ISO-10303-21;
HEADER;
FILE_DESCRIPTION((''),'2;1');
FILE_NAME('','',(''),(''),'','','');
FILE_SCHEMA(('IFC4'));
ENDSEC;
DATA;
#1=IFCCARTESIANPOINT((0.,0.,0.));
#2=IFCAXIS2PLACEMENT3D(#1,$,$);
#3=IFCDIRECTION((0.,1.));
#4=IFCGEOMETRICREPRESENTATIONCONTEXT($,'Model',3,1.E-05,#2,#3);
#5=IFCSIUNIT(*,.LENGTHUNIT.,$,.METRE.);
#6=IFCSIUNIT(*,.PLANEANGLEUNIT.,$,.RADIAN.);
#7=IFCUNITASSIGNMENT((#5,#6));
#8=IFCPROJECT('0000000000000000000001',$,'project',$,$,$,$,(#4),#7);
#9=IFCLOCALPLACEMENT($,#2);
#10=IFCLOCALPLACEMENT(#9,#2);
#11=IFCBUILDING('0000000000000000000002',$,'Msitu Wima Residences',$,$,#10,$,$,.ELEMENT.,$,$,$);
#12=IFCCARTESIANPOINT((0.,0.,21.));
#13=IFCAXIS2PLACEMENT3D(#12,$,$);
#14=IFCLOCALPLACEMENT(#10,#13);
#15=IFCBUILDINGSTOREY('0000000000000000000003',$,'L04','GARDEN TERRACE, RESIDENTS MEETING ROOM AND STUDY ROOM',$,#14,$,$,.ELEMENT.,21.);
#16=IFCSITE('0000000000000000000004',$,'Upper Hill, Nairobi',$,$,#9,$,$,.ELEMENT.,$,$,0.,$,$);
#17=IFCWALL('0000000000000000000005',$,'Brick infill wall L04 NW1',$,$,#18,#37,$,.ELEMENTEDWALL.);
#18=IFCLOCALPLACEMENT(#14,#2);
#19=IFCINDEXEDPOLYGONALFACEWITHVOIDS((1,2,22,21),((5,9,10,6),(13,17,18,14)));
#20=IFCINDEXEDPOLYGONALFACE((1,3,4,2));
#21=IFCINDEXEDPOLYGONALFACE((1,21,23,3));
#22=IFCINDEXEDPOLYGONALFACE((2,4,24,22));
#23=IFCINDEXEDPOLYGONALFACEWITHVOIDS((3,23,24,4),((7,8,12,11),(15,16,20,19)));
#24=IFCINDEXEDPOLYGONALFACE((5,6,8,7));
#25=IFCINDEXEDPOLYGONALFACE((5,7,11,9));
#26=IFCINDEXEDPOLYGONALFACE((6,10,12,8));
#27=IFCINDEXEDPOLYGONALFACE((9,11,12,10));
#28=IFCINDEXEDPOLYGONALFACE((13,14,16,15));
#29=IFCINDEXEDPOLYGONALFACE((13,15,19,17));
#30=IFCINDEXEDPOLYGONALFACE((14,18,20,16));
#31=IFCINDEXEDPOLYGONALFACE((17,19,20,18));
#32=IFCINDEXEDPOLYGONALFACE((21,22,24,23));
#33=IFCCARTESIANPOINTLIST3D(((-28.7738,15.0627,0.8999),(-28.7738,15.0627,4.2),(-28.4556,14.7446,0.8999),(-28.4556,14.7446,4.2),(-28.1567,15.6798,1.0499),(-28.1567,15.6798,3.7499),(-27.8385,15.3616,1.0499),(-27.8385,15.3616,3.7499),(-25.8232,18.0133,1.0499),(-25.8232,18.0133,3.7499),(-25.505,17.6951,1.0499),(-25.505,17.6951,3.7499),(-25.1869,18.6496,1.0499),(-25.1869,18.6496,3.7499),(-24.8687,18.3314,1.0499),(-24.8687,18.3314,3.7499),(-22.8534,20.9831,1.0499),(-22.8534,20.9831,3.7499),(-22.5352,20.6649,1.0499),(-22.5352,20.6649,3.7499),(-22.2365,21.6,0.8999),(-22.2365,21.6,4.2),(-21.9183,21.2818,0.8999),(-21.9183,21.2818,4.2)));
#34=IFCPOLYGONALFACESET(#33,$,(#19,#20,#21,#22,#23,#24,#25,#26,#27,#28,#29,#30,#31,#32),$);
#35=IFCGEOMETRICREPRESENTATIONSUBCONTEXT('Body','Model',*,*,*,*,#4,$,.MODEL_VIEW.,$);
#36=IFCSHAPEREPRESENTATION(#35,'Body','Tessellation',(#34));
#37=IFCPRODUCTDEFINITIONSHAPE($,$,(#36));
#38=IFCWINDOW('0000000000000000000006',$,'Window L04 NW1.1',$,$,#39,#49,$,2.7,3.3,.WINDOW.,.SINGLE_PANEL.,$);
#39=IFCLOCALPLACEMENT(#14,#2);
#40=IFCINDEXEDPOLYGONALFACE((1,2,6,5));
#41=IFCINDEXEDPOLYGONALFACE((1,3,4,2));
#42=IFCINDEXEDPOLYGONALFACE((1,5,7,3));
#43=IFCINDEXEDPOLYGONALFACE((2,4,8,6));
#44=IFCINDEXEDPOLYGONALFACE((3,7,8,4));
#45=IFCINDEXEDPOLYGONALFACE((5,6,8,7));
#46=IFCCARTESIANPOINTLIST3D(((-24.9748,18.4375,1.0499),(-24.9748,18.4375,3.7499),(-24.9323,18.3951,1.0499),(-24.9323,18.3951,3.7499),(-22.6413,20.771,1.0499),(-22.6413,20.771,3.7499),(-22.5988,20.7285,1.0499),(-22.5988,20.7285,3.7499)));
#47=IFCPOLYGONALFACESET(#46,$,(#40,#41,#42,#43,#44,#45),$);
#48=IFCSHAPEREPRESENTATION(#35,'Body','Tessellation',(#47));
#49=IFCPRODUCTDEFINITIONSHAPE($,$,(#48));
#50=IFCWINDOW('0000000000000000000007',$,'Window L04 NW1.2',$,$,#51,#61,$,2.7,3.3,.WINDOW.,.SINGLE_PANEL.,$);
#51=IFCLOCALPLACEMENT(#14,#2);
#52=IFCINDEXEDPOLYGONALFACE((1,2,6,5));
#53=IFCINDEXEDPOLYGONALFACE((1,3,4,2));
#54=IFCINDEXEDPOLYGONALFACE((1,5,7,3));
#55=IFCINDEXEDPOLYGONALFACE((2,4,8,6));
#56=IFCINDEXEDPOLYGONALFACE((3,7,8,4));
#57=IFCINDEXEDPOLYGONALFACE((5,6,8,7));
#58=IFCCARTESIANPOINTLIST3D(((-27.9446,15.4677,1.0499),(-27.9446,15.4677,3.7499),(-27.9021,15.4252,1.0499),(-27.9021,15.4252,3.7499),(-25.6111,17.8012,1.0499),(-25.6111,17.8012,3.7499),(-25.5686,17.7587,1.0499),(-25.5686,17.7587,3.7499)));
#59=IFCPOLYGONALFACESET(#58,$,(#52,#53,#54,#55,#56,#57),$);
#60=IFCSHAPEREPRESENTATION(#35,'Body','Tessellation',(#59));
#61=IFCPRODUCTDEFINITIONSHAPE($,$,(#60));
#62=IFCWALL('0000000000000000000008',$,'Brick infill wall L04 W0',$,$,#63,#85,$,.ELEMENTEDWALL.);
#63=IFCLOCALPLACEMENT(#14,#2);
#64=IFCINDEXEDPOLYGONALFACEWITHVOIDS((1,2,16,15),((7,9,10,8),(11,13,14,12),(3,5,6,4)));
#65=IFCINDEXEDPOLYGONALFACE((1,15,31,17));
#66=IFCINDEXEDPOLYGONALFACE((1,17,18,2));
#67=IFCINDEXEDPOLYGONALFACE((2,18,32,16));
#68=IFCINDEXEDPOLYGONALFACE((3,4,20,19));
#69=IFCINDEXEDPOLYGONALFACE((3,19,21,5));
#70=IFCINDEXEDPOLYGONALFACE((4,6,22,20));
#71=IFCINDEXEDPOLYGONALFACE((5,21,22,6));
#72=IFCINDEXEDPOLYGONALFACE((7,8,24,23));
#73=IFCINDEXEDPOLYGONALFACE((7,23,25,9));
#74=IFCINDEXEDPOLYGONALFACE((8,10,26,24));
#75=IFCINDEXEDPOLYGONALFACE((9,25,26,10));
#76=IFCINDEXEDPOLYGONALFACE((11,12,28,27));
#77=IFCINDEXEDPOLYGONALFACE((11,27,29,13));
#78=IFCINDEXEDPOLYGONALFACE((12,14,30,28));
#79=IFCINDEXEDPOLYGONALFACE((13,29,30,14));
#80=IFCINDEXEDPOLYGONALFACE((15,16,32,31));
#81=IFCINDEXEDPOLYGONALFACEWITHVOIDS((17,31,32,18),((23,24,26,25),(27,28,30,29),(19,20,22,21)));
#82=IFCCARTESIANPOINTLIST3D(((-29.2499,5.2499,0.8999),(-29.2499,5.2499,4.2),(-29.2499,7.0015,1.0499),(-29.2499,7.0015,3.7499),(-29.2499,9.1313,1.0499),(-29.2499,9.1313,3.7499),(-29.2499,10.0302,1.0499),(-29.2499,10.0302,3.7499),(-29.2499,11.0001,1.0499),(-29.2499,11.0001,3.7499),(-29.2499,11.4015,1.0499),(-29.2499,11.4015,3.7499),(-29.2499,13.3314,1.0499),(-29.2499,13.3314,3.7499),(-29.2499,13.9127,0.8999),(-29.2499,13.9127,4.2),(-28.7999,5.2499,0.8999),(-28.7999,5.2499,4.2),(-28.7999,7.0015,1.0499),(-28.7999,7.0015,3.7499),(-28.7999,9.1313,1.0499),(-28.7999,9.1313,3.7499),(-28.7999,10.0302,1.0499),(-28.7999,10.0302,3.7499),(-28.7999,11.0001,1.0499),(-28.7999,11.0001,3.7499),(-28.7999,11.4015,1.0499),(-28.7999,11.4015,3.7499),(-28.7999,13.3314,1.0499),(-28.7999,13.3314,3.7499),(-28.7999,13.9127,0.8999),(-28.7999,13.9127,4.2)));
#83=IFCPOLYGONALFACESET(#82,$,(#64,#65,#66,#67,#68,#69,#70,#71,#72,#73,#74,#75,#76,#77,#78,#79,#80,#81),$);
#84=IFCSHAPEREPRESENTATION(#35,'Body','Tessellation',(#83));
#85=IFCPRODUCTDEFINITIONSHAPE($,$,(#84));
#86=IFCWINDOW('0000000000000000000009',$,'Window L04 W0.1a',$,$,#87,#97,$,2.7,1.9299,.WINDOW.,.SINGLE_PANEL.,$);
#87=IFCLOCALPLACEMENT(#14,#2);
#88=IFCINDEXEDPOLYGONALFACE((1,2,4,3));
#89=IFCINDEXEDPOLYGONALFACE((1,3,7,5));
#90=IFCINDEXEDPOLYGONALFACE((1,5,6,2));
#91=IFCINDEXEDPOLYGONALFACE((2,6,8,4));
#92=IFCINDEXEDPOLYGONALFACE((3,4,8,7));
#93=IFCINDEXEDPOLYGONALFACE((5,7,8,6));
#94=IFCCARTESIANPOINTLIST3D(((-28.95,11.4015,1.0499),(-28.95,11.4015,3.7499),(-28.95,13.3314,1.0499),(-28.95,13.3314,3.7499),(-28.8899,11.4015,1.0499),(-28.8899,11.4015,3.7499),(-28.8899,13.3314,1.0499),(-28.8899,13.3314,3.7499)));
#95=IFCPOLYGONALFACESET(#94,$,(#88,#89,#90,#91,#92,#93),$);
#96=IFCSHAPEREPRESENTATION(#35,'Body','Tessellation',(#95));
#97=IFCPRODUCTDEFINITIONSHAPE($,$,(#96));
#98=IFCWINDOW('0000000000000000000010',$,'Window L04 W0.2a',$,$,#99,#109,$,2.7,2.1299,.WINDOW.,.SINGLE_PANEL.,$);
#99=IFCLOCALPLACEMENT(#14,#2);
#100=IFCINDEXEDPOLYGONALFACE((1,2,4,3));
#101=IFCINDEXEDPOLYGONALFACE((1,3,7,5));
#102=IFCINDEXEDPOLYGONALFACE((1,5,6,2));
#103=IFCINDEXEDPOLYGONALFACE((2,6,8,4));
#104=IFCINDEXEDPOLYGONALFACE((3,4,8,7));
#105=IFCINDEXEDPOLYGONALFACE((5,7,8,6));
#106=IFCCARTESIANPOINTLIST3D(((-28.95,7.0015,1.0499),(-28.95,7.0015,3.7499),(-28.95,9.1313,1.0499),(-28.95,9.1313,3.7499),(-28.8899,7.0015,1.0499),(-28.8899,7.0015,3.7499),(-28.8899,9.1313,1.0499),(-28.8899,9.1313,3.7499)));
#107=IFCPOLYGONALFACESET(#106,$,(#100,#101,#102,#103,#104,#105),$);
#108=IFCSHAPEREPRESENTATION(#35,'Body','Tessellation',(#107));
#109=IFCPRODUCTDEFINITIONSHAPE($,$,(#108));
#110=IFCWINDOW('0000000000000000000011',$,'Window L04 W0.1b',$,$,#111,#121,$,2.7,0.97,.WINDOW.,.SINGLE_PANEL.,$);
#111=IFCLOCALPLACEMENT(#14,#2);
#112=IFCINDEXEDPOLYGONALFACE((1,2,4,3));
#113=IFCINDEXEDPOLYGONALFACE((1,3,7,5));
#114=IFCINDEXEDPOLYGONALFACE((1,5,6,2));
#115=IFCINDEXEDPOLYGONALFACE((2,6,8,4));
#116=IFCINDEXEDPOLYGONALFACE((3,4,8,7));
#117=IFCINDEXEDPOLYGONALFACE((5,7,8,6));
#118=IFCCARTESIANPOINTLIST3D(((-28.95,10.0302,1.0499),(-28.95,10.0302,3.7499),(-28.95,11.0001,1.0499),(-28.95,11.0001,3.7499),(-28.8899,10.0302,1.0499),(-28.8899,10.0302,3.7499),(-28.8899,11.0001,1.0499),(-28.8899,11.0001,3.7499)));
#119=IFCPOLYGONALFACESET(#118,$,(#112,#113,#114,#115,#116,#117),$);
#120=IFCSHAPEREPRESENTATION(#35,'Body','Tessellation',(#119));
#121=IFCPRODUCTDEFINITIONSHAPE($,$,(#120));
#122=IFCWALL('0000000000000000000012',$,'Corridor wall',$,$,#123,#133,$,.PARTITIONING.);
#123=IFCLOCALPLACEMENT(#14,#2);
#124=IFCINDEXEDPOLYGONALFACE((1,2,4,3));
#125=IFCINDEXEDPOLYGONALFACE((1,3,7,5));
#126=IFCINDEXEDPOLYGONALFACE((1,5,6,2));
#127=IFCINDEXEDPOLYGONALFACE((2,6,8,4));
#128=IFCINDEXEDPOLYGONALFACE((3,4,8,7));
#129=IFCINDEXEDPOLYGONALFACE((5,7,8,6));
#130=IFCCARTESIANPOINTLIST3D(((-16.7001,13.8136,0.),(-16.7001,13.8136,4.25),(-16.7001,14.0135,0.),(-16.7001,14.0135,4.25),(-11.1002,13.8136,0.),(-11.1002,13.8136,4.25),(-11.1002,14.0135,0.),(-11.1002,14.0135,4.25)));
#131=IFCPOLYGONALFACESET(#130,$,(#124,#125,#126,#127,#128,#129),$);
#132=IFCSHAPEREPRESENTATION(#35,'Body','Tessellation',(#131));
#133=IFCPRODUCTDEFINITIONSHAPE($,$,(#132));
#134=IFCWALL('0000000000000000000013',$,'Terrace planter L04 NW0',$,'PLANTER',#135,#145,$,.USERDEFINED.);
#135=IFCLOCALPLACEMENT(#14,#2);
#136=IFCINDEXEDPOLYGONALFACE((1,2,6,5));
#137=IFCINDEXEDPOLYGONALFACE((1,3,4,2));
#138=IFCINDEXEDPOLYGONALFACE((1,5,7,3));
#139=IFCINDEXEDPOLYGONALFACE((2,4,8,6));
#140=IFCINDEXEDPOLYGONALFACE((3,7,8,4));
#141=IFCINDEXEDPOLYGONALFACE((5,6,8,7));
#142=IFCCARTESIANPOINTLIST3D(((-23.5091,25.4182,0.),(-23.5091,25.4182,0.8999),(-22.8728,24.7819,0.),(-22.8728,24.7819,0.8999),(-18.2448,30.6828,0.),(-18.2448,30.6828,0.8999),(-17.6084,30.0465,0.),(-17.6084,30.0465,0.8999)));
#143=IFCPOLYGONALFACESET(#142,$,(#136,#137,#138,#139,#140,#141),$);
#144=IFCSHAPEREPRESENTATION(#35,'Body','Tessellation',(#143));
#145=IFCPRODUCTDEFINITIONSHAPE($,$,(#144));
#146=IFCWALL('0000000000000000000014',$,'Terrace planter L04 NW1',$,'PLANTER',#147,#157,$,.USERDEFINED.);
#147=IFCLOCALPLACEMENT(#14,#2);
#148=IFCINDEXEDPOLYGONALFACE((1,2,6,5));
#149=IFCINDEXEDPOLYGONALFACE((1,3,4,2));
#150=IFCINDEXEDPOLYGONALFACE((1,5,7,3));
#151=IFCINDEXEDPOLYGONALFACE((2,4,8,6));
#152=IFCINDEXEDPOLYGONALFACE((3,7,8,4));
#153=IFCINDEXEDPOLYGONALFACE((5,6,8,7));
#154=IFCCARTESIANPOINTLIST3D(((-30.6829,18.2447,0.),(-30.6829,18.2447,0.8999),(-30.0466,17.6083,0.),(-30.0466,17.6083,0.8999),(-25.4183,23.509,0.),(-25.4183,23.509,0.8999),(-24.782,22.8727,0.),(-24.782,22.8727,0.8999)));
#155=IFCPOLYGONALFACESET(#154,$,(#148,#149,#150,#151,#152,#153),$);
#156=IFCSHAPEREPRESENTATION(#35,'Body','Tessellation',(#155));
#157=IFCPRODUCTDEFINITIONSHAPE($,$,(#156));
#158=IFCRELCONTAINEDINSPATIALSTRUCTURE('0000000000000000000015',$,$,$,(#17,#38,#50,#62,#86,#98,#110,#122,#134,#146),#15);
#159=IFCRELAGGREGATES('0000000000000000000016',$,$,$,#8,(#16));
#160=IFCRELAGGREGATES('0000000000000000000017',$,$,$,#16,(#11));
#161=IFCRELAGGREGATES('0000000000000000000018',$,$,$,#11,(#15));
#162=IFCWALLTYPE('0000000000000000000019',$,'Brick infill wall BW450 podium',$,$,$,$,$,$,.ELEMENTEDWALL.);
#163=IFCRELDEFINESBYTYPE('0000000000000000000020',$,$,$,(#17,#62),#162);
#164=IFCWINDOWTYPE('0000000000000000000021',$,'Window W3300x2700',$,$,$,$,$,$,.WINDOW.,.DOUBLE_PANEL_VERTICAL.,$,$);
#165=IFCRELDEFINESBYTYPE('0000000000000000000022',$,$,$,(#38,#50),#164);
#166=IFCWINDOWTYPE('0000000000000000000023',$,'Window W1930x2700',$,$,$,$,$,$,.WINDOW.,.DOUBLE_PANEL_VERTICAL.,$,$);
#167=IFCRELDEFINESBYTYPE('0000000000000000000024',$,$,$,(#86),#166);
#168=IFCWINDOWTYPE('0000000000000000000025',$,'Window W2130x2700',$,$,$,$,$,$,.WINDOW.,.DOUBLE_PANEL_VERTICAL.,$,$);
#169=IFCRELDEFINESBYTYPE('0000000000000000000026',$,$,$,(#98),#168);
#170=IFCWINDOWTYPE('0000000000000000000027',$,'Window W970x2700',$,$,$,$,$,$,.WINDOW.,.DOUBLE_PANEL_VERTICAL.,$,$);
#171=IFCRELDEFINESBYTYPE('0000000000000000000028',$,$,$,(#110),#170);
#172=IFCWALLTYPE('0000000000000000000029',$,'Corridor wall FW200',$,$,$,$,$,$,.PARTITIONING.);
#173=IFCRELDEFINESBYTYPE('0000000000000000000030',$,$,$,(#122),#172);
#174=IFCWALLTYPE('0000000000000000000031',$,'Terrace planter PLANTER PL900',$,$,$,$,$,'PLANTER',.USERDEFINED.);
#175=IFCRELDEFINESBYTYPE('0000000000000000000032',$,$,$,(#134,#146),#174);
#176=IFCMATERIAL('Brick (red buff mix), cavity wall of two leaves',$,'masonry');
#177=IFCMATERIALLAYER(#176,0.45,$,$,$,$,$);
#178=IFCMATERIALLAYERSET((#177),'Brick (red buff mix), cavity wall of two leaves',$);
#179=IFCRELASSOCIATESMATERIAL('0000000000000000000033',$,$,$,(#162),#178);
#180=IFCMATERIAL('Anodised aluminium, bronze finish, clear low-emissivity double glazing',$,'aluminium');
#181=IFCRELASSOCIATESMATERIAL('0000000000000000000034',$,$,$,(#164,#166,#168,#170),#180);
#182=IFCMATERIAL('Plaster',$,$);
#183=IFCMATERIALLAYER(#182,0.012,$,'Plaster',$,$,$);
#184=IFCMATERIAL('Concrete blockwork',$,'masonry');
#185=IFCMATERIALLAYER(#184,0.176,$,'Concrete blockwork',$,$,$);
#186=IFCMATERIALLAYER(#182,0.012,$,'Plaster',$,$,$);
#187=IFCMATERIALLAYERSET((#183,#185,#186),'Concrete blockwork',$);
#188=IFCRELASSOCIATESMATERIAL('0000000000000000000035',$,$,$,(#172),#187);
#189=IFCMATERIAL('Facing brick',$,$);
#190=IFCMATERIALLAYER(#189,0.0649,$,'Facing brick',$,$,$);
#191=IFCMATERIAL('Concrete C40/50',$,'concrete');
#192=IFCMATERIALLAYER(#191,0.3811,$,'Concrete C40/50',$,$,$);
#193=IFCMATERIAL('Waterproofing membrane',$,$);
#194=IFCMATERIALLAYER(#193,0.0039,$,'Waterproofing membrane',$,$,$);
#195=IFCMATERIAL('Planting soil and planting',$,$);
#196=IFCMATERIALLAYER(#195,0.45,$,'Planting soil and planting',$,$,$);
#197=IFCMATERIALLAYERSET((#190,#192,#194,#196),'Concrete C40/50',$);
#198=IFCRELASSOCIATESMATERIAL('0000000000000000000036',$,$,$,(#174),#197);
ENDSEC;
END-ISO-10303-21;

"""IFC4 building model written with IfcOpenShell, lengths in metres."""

from ifc_helpers import new_model, si_unit, direction, frame, frame_2d, origin, place, context, subcontext, project, spatial, rectangle, extrude, material, layer, layer_set, type_object, element, fill, save


model = new_model("IFC4")

# Units and contexts
model_context = context("Model", 3, precision=1e-05, world=origin(), true_north=direction((0.0, 1.0)))
body_context = subcontext(model_context, "Body", "Model", "MODEL_VIEW")
ifc_project = project(units=[si_unit("LENGTHUNIT", "METRE"), si_unit("PLANEANGLEUNIT", "RADIAN")], contexts=[model_context])

# Site, building, storey
site_placement = place(None, origin())
site = spatial("IfcSite", under=ifc_project, at=site_placement, Name="Upper Hill, Nairobi", CompositionType="ELEMENT", RefElevation=0.0)
building_placement = place(site_placement, origin())
building = spatial("IfcBuilding", under=site, at=building_placement, Name="Msitu Wima Residences", CompositionType="ELEMENT")
storey_placement = place(building_placement, frame((0.0, 0.0, 21.0)))
storey = spatial("IfcBuildingStorey", under=building, at=storey_placement, Name="L04", Description="GARDEN TERRACE, RESIDENTS MEETING ROOM AND STUDY ROOM", CompositionType="ELEMENT", Elevation=21.0)

# Shared definitions
ifc_material_1 = material(Name="Brick (red buff mix), cavity wall of two leaves", Category="masonry")
ifc_layer_1 = layer(ifc_material_1, 0.45)
ifc_layer_set_1 = layer_set([ifc_layer_1], Name="Brick (red buff mix), cavity wall of two leaves")
wall_type_1 = type_object("IfcWallType", Name="Brick infill wall BW450 podium", PredefinedType="ELEMENTEDWALL", material=ifc_layer_set_1)
ifc_material_2 = material(Name="Anodised aluminium, bronze finish, clear low-emissivity double glazing", Category="aluminium")
window_type_1 = type_object("IfcWindowType", Name="Window W3300x2700", PartitioningType="DOUBLE_PANEL_VERTICAL", PredefinedType="WINDOW", material=ifc_material_2)

# Walls, openings, windows
wall_1_placement = place(storey_placement, frame((-22.0774, 21.4409, 0.8999), z_axis=(0.0, 0.0, 1.0), x_axis=(-0.707107, -0.707107, 0.0)))
wall_1 = element("IfcWall", 1, at=wall_1_placement, inside=storey, type_object=wall_type_1, Name="Brick infill wall L04 NW1", PredefinedType="ELEMENTEDWALL", context=body_context, shape_type="SweptSolid", body=[
    extrude(rectangle(XDim=9.2451, YDim=0.45, at=frame_2d((4.6226, 0.0))), origin(), (0.0, 0.0, 1.0), 3.3),
])
opening_1_placement = place(wall_1_placement, frame((0.8726, 0.0, 0.1499)))
opening_1 = element("IfcOpeningElement", 2, at=opening_1_placement, cuts=wall_1, PredefinedType="OPENING", context=body_context, shape_type="SweptSolid", body=[
    extrude(rectangle(XDim=3.3, YDim=2.7, at=frame_2d((1.6499, 1.3501))), frame((0.0, 0.2349, 0.0), z_axis=(0.0, -1.0, 0.0), x_axis=(1.0, 0.0, 0.0)), (0.0, 0.0, 1.0), 0.47),
])
opening_2_placement = place(wall_1_placement, frame((5.0725, 0.0, 0.1499)))
opening_2 = element("IfcOpeningElement", 3, at=opening_2_placement, cuts=wall_1, PredefinedType="OPENING", context=body_context, shape_type="SweptSolid", body=[
    extrude(rectangle(XDim=3.3, YDim=2.7, at=frame_2d((1.6499, 1.3501))), frame((0.0, 0.2349, 0.0), z_axis=(0.0, -1.0, 0.0), x_axis=(1.0, 0.0, 0.0)), (0.0, 0.0, 1.0), 0.47),
])
window_1_placement = place(opening_1_placement, origin())
window_1 = element("IfcWindow", 4, at=window_1_placement, inside=storey, type_object=window_type_1, Name="Window L04 NW1.1", OverallHeight=2.7, OverallWidth=3.3, PartitioningType="SINGLE_PANEL", PredefinedType="WINDOW", context=body_context, shape_type="SweptSolid", body=[
    extrude(rectangle(XDim=3.3, YDim=2.7, at=frame_2d((1.6499, 1.3501))), frame((0.0, 0.135, 0.0), z_axis=(0.0, -1.0, 0.0), x_axis=(1.0, 0.0, 0.0)), (0.0, 0.0, 1.0), 0.0601),
])
fill(opening_1, window_1)
window_2_placement = place(opening_2_placement, origin())
window_2 = element("IfcWindow", 5, at=window_2_placement, inside=storey, type_object=window_type_1, Name="Window L04 NW1.2", OverallHeight=2.7, OverallWidth=3.3, PartitioningType="SINGLE_PANEL", PredefinedType="WINDOW", context=body_context, shape_type="SweptSolid", body=[
    extrude(rectangle(XDim=3.3, YDim=2.7, at=frame_2d((1.6499, 1.3501))), frame((0.0, 0.135, 0.0), z_axis=(0.0, -1.0, 0.0), x_axis=(1.0, 0.0, 0.0)), (0.0, 0.0, 1.0), 0.0601),
])
fill(opening_2, window_2)
wall_2_placement = place(storey_placement, frame((-29.0249, 13.9128, 0.8999), z_axis=(0.0, 0.0, 1.0), x_axis=(0.0, -1.0, 0.0)))
wall_2 = element("IfcWall", 6, at=wall_2_placement, inside=storey, type_object=wall_type_1, Name="Brick infill wall L04 W0", PredefinedType="ELEMENTEDWALL", context=body_context, shape_type="SweptSolid", body=[
    extrude(rectangle(XDim=8.6628, YDim=0.45, at=frame_2d((4.3315, 0.0))), origin(), (0.0, 0.0, 1.0), 3.3),
])
opening_3_placement = place(wall_2_placement, frame((0.5815, 0.0, 0.1499)))
opening_3 = element("IfcOpeningElement", 7, at=opening_3_placement, cuts=wall_2, PredefinedType="OPENING", context=body_context, shape_type="SweptSolid", body=[
    extrude(rectangle(XDim=1.9299, YDim=2.7, at=frame_2d((0.9648, 1.3501))), frame((0.0, 0.2349, 0.0), z_axis=(0.0, -1.0, 0.0), x_axis=(1.0, 0.0, 0.0)), (0.0, 0.0, 1.0), 0.47),
])
opening_4_placement = place(wall_2_placement, frame((2.9128, 0.0, 0.1499)))
opening_4 = element("IfcOpeningElement", 8, at=opening_4_placement, cuts=wall_2, PredefinedType="OPENING", context=body_context, shape_type="SweptSolid", body=[
    extrude(rectangle(XDim=0.97, YDim=2.7, at=frame_2d((0.4849, 1.3501))), frame((0.0, 0.2349, 0.0), z_axis=(0.0, -1.0, 0.0), x_axis=(1.0, 0.0, 0.0)), (0.0, 0.0, 1.0), 0.47),
])
opening_5_placement = place(wall_2_placement, frame((4.7815, 0.0, 0.1499)))
opening_5 = element("IfcOpeningElement", 9, at=opening_5_placement, cuts=wall_2, PredefinedType="OPENING", context=body_context, shape_type="SweptSolid", body=[
    extrude(rectangle(XDim=2.1299, YDim=2.7, at=frame_2d((1.0649, 1.3501))), frame((0.0, 0.2349, 0.0), z_axis=(0.0, -1.0, 0.0), x_axis=(1.0, 0.0, 0.0)), (0.0, 0.0, 1.0), 0.47),
])
window_type_2 = type_object("IfcWindowType", Name="Window W1930x2700", PartitioningType="DOUBLE_PANEL_VERTICAL", PredefinedType="WINDOW", material=ifc_material_2)
window_3_placement = place(opening_3_placement, origin())
window_3 = element("IfcWindow", 10, at=window_3_placement, inside=storey, type_object=window_type_2, Name="Window L04 W0.1a", OverallHeight=2.7, OverallWidth=1.9299, PartitioningType="SINGLE_PANEL", PredefinedType="WINDOW", context=body_context, shape_type="SweptSolid", body=[
    extrude(rectangle(XDim=1.9299, YDim=2.7, at=frame_2d((0.9648, 1.3501))), frame((0.0, 0.135, 0.0), z_axis=(0.0, -1.0, 0.0), x_axis=(1.0, 0.0, 0.0)), (0.0, 0.0, 1.0), 0.0601),
])
fill(opening_3, window_3)
window_type_3 = type_object("IfcWindowType", Name="Window W2130x2700", PartitioningType="DOUBLE_PANEL_VERTICAL", PredefinedType="WINDOW", material=ifc_material_2)
window_4_placement = place(opening_5_placement, origin())
window_4 = element("IfcWindow", 11, at=window_4_placement, inside=storey, type_object=window_type_3, Name="Window L04 W0.2a", OverallHeight=2.7, OverallWidth=2.1299, PartitioningType="SINGLE_PANEL", PredefinedType="WINDOW", context=body_context, shape_type="SweptSolid", body=[
    extrude(rectangle(XDim=2.1299, YDim=2.7, at=frame_2d((1.0649, 1.3501))), frame((0.0, 0.135, 0.0), z_axis=(0.0, -1.0, 0.0), x_axis=(1.0, 0.0, 0.0)), (0.0, 0.0, 1.0), 0.0601),
])
fill(opening_5, window_4)
window_type_4 = type_object("IfcWindowType", Name="Window W970x2700", PartitioningType="DOUBLE_PANEL_VERTICAL", PredefinedType="WINDOW", material=ifc_material_2)
window_5_placement = place(opening_4_placement, origin())
window_5 = element("IfcWindow", 12, at=window_5_placement, inside=storey, type_object=window_type_4, Name="Window L04 W0.1b", OverallHeight=2.7, OverallWidth=0.97, PartitioningType="SINGLE_PANEL", PredefinedType="WINDOW", context=body_context, shape_type="SweptSolid", body=[
    extrude(rectangle(XDim=0.97, YDim=2.7, at=frame_2d((0.4849, 1.3501))), frame((0.0, 0.135, 0.0), z_axis=(0.0, -1.0, 0.0), x_axis=(1.0, 0.0, 0.0)), (0.0, 0.0, 1.0), 0.0601),
])
fill(opening_4, window_5)

# Shared definitions
ifc_material_3 = material(Name="Plaster")
ifc_layer_2 = layer(ifc_material_3, 0.012, Name="Plaster")
ifc_material_4 = material(Name="Concrete blockwork", Category="masonry")
ifc_layer_3 = layer(ifc_material_4, 0.176, Name="Concrete blockwork")
ifc_layer_4 = layer(ifc_material_3, 0.012, Name="Plaster")
ifc_layer_set_2 = layer_set([ifc_layer_2, ifc_layer_3, ifc_layer_4], Name="Concrete blockwork")
wall_type_2 = type_object("IfcWallType", Name="Corridor wall FW200", PredefinedType="PARTITIONING", material=ifc_layer_set_2)

# Walls
wall_3_placement = place(storey_placement, frame((-16.7, 13.9136, 0.0), z_axis=(0.0, 0.0, 1.0), x_axis=(1.0, 0.0, 0.0)))
element("IfcWall", 13, at=wall_3_placement, inside=storey, type_object=wall_type_2, Name="Corridor wall", PredefinedType="PARTITIONING", context=body_context, shape_type="SweptSolid", body=[
    extrude(rectangle(XDim=5.5999, YDim=0.2, at=frame_2d((2.7998, 0.0))), origin(), (0.0, 0.0, 1.0), 4.25),
])
ifc_material_5 = material(Name="Facing brick")
ifc_layer_5 = layer(ifc_material_5, 0.0649, Name="Facing brick")
ifc_material_6 = material(Name="Concrete C40/50", Category="concrete")
ifc_layer_6 = layer(ifc_material_6, 0.3811, Name="Concrete C40/50")
ifc_material_7 = material(Name="Waterproofing membrane")
ifc_layer_7 = layer(ifc_material_7, 0.0039, Name="Waterproofing membrane")
ifc_material_8 = material(Name="Planting soil and planting")
ifc_layer_8 = layer(ifc_material_8, 0.45, Name="Planting soil and planting")
ifc_layer_set_3 = layer_set([ifc_layer_5, ifc_layer_6, ifc_layer_7, ifc_layer_8], Name="Concrete C40/50")
wall_type_3 = type_object("IfcWallType", Name="Terrace planter PLANTER PL900", ElementType="PLANTER", PredefinedType="USERDEFINED", material=ifc_layer_set_3)
for number, where, z_axis, x_axis, name in (
    (14, (-17.9265, 30.3647, 0.0), (0.0, 0.0, 1.0), (-0.70709, -0.707123, 0.0), "Terrace planter L04 NW0"),
    (15, (-25.1001, 23.1909, 0.0), (0.0, 0.0, 1.0), (-0.707123, -0.70709, 0.0), "Terrace planter L04 NW1"),
):
    element("IfcWall", number, at=place(storey_placement, frame(where, z_axis=z_axis, x_axis=x_axis)), inside=storey, type_object=wall_type_3, Name=name, ObjectType="PLANTER", PredefinedType="USERDEFINED", context=body_context, shape_type="SweptSolid", body=[
        extrude(rectangle(XDim=7.4451, YDim=0.8999, at=frame_2d((3.7227, 0.0))), origin(), (0.0, 0.0, 1.0), 0.8999),
    ])

save(model, "model.ifc")
